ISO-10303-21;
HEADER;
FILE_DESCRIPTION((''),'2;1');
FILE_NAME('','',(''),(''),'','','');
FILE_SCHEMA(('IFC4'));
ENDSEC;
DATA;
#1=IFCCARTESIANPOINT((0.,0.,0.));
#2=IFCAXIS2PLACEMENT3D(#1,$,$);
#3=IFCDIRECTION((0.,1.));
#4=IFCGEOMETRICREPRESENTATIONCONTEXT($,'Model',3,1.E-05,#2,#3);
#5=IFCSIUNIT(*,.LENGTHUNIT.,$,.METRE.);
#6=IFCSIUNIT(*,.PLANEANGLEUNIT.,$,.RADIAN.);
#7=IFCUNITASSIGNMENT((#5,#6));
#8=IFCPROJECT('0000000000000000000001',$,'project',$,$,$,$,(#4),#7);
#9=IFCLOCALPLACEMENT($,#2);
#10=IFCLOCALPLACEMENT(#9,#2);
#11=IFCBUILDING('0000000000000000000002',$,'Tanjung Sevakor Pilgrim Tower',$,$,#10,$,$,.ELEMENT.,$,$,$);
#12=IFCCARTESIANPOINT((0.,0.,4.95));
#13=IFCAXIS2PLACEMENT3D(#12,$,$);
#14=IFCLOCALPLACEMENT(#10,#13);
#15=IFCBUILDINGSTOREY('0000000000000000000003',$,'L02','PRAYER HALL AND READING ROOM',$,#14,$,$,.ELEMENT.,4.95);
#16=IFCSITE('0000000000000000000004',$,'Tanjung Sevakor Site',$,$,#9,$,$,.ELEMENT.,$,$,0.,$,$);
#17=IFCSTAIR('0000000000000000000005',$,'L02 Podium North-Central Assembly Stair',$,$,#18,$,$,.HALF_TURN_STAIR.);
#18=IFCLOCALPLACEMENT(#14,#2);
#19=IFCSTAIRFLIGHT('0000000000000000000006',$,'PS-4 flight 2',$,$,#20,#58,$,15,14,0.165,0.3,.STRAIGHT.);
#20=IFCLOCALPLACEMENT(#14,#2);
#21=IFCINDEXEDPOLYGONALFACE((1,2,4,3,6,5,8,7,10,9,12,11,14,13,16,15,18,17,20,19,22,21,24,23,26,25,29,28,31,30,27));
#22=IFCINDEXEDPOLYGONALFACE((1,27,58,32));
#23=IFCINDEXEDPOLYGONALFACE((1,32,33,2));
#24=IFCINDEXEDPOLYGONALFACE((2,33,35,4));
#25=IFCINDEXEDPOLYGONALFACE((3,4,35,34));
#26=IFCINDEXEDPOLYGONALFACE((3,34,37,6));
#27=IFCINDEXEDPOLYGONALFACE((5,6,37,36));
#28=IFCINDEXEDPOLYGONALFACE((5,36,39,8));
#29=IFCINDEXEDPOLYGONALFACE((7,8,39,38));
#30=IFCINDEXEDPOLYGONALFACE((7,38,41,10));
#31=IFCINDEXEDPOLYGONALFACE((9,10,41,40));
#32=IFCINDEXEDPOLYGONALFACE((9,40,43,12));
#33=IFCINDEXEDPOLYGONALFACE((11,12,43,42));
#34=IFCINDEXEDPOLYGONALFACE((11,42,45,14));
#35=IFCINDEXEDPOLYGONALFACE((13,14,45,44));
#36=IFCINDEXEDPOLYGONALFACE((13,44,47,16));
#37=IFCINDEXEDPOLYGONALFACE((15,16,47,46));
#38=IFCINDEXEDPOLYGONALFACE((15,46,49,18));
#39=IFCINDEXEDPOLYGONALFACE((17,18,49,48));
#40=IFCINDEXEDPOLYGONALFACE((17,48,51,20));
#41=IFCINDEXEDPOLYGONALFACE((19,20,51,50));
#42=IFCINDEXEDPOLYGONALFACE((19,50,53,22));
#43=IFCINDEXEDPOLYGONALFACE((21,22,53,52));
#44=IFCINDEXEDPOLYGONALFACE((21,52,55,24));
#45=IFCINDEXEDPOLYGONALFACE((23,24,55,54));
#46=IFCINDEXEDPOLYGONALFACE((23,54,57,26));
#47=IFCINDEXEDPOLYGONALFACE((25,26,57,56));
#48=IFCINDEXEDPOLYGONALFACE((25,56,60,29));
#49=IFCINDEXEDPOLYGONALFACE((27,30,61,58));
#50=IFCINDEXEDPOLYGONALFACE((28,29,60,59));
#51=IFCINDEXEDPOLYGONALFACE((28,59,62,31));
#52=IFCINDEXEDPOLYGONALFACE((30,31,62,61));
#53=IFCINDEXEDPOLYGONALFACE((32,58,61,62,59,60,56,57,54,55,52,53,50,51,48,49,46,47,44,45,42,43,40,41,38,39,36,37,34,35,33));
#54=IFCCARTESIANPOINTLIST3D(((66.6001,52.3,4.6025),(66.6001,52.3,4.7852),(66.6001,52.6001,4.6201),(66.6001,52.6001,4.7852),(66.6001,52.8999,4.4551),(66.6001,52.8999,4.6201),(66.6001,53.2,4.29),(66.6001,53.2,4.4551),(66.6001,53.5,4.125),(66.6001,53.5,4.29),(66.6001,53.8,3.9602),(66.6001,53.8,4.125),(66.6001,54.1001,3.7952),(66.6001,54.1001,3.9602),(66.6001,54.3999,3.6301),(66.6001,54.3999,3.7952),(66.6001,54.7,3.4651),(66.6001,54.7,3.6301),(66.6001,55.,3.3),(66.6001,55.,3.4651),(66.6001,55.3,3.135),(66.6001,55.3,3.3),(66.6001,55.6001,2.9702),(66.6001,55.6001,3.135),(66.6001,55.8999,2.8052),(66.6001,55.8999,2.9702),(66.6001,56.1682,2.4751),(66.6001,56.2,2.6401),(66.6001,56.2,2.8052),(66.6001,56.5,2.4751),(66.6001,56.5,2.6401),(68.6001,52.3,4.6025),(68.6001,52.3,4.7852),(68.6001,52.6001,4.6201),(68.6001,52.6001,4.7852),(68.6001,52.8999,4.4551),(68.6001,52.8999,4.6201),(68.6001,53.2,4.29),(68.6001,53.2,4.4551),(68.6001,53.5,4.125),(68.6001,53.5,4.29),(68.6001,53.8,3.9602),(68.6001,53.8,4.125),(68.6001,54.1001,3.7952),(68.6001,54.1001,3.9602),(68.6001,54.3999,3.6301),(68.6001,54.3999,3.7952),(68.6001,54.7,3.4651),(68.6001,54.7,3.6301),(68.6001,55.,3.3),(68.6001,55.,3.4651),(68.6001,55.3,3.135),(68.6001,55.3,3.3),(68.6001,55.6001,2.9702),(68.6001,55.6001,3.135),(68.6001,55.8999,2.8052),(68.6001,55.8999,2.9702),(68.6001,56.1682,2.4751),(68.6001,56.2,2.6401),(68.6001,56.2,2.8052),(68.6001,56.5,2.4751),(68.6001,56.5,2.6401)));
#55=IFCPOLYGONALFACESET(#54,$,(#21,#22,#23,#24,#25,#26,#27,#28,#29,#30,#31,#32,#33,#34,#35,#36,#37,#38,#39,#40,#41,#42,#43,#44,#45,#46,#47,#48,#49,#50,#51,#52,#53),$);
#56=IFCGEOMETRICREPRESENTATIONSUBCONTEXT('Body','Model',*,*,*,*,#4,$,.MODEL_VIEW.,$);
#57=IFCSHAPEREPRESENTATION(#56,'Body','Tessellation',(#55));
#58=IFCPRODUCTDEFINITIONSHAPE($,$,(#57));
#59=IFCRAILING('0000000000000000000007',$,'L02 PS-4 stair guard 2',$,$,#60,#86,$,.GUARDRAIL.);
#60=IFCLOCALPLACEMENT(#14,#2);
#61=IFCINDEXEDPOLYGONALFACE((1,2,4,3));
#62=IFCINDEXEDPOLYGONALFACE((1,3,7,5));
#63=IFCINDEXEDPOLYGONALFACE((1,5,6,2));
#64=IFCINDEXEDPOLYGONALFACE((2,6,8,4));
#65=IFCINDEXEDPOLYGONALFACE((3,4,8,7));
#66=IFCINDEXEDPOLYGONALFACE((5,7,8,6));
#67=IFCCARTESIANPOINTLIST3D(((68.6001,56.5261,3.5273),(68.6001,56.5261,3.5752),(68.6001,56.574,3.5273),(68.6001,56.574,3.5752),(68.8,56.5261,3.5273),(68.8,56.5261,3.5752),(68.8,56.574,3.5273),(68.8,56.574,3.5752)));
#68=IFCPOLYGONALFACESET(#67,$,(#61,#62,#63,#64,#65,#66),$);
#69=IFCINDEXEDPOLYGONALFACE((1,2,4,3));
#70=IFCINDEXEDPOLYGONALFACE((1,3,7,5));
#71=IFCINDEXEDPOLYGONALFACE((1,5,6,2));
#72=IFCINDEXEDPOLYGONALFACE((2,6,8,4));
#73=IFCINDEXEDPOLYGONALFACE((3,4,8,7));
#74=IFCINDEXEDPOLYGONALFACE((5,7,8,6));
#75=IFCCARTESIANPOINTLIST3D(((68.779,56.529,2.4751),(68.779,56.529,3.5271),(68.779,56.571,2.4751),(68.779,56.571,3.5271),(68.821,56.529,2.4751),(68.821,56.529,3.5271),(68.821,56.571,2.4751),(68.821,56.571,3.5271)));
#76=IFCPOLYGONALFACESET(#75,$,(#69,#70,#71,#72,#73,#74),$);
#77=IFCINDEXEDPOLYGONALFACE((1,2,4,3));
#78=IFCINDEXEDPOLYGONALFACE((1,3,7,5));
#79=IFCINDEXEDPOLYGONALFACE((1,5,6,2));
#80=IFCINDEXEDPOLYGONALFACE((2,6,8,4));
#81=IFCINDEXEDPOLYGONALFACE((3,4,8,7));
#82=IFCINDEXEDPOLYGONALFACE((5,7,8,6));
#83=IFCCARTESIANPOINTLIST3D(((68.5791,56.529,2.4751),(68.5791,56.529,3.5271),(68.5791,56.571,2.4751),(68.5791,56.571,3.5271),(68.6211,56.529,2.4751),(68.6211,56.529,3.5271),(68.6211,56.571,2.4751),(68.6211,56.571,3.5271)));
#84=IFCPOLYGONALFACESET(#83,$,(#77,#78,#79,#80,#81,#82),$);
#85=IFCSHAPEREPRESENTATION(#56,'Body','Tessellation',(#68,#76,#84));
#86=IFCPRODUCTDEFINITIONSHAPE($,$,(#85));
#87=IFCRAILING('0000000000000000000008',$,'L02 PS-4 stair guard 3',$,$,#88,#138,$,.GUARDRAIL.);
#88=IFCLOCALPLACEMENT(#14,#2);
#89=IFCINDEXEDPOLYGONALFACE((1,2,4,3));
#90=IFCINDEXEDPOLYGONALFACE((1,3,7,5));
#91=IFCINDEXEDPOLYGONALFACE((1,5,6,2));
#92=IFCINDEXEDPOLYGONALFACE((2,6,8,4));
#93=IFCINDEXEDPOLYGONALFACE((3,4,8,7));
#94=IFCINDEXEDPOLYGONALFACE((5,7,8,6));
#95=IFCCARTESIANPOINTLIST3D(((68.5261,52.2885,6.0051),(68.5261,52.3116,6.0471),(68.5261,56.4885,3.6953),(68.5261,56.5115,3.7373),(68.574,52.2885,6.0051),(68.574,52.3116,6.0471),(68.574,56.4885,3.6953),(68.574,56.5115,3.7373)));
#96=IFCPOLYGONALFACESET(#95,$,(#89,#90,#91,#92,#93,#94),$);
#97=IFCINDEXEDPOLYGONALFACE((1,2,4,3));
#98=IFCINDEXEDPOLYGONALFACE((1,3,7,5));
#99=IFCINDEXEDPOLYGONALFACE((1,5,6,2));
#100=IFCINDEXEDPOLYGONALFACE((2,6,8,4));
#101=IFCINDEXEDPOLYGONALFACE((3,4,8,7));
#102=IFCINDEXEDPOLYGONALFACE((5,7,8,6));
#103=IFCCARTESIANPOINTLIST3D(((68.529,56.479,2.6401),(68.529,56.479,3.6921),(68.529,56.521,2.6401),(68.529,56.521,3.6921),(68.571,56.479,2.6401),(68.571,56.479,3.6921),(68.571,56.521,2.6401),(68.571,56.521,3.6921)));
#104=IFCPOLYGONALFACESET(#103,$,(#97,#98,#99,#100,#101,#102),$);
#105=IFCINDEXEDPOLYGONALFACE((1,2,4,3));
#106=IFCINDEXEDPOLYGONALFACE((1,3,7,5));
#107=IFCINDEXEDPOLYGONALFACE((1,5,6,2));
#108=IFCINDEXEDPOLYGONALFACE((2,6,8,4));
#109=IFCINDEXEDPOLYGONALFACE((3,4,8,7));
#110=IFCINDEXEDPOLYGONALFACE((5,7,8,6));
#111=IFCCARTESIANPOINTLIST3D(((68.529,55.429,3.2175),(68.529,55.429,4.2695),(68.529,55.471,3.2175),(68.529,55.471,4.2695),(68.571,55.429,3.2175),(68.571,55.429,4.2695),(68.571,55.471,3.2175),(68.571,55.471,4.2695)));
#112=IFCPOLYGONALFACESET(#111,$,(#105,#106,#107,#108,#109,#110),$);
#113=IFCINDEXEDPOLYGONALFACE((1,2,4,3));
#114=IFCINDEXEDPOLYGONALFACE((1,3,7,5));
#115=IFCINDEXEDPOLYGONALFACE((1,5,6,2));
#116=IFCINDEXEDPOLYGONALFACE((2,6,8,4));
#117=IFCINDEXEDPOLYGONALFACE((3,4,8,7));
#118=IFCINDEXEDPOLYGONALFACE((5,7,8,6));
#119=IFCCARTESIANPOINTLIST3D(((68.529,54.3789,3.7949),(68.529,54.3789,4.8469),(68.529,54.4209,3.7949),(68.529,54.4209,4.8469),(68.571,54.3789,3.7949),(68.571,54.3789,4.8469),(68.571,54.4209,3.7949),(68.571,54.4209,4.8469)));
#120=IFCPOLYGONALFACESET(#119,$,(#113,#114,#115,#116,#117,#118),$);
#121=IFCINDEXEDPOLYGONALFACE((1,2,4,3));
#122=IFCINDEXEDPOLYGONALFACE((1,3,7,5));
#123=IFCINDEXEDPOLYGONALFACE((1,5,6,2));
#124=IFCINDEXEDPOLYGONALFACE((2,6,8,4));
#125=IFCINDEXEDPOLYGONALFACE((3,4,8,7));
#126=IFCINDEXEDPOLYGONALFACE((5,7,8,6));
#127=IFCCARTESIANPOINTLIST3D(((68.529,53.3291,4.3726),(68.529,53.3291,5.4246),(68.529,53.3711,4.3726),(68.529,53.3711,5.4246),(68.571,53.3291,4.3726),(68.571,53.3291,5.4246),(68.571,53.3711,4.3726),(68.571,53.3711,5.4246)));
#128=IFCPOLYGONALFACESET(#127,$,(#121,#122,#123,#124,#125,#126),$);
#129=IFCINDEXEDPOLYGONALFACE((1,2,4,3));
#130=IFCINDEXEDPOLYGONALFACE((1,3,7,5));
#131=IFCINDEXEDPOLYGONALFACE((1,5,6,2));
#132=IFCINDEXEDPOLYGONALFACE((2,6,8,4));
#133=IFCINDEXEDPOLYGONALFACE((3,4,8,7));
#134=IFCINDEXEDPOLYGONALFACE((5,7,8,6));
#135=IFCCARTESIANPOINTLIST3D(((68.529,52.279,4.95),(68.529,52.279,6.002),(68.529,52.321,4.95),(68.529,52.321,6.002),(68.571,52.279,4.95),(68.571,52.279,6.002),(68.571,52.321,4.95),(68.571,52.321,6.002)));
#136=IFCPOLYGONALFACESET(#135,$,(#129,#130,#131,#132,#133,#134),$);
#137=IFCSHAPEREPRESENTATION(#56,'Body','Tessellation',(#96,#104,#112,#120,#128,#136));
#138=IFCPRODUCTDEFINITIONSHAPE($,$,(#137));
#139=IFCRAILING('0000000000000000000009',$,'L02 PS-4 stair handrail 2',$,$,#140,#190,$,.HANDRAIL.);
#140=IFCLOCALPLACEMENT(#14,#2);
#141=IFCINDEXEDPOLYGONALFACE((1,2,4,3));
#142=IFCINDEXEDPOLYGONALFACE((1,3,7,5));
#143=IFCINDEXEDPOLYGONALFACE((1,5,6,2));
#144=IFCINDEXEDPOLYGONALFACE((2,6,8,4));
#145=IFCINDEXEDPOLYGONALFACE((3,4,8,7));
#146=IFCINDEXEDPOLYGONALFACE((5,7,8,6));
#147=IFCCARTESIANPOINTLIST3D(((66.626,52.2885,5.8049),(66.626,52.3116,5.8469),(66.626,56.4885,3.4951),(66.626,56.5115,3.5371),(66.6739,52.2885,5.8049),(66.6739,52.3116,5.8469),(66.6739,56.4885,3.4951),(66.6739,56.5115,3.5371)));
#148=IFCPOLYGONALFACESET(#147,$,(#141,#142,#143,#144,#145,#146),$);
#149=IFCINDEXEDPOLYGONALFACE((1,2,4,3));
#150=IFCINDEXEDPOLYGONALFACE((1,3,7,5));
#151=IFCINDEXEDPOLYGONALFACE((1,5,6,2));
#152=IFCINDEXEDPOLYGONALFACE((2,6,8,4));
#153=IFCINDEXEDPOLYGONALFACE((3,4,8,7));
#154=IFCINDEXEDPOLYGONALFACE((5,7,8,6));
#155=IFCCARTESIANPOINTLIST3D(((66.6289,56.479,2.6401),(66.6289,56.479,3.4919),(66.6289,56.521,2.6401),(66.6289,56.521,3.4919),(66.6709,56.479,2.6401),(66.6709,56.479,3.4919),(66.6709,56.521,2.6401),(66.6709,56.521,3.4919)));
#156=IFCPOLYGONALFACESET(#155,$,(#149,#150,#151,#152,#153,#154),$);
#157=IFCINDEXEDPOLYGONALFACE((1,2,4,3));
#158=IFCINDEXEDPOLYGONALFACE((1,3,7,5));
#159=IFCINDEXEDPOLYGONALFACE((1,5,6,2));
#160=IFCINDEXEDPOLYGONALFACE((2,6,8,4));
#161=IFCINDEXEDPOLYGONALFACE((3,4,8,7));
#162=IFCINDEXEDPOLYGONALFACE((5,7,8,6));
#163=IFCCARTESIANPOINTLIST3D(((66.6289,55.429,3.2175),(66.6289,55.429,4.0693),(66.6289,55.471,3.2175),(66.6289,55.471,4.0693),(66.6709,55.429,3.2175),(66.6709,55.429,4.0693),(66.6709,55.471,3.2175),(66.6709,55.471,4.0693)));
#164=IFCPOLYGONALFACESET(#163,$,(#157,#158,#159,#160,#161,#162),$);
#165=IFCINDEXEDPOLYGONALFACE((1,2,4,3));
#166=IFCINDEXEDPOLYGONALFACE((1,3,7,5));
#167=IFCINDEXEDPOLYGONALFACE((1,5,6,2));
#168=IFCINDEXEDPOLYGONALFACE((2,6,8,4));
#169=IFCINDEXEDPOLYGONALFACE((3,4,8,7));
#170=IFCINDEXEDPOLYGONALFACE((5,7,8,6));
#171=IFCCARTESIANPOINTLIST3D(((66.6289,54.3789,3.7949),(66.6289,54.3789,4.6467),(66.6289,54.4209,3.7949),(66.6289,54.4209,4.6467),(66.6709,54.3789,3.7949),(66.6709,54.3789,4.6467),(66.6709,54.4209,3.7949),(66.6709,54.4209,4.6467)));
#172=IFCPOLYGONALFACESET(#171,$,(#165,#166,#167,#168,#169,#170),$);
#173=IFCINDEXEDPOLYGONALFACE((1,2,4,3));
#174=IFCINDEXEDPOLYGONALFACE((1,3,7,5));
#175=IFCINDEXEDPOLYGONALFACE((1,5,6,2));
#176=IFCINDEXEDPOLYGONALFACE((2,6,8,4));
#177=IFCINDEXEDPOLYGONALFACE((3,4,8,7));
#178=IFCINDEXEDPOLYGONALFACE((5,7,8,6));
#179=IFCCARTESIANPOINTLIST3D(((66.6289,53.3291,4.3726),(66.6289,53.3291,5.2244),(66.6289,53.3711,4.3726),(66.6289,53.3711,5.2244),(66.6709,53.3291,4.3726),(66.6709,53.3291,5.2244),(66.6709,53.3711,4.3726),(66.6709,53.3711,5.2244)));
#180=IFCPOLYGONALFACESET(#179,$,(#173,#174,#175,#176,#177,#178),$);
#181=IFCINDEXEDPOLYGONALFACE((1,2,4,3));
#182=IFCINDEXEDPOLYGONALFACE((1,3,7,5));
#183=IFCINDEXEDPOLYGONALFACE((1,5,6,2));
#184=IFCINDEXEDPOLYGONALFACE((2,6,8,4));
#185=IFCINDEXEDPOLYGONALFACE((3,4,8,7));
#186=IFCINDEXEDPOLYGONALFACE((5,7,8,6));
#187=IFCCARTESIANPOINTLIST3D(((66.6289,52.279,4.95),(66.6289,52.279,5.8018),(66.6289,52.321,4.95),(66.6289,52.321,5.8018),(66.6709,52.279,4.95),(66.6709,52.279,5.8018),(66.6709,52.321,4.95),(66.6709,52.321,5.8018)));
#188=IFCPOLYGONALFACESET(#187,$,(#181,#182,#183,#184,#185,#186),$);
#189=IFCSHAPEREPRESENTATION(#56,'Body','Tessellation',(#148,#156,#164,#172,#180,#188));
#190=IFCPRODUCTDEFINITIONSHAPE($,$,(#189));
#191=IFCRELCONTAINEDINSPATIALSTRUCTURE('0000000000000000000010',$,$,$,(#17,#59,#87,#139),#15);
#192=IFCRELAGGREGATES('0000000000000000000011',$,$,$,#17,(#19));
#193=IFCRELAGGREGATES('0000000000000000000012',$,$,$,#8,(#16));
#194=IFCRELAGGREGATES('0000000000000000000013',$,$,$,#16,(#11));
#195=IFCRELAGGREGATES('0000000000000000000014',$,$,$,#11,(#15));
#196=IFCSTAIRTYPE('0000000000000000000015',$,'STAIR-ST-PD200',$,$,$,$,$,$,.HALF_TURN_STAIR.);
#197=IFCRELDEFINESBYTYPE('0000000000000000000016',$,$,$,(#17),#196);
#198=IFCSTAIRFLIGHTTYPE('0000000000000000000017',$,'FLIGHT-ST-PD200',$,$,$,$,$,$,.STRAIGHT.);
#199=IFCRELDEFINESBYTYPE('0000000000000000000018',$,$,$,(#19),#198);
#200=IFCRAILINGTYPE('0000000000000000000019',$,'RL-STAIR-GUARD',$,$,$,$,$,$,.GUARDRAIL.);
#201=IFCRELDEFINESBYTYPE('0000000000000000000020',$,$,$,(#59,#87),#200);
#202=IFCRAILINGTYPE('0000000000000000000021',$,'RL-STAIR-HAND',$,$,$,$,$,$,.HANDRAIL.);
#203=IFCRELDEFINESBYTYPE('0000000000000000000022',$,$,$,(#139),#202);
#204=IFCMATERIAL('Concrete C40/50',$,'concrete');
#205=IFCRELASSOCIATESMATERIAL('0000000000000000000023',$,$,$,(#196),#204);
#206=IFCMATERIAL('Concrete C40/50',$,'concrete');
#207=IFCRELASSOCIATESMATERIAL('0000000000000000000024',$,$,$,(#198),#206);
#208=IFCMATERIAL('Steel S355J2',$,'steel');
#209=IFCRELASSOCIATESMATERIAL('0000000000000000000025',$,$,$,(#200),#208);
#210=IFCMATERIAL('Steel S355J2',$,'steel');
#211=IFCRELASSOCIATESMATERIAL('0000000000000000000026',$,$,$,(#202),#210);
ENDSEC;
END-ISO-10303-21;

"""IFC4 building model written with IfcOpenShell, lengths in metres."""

from ifc_helpers import new_model, si_unit, direction, frame, origin, place, context, subcontext, project, spatial, polyline, rectangle, outline, extrude, material, type_object, element, aggregate, save


model = new_model("IFC4")

# Units and contexts
model_context = context("Model", 3, precision=1e-05, world=origin(), true_north=direction((0.0, 1.0)))
body_context = subcontext(model_context, "Body", "Model", "MODEL_VIEW")
ifc_project = project(units=[si_unit("LENGTHUNIT", "METRE"), si_unit("PLANEANGLEUNIT", "RADIAN")], contexts=[model_context])

# Site, building, storey
site_placement = place(None, origin())
site = spatial("IfcSite", under=ifc_project, at=site_placement, Name="Tanjung Sevakor Site", CompositionType="ELEMENT", RefElevation=0.0)
building_placement = place(site_placement, origin())
building = spatial("IfcBuilding", under=site, at=building_placement, Name="Tanjung Sevakor Pilgrim Tower", CompositionType="ELEMENT")
storey_placement = place(building_placement, frame((0.0, 0.0, 4.95)))
storey = spatial("IfcBuildingStorey", under=building, at=storey_placement, Name="L02", Description="PRAYER HALL AND READING ROOM", CompositionType="ELEMENT", Elevation=4.95)

# Stair, stair flight
ifc_material_1 = material(Name="Concrete C40/50", Category="concrete")
stair_type = type_object("IfcStairType", Name="STAIR-ST-PD200", PredefinedType="HALF_TURN_STAIR", material=ifc_material_1)
stair_placement = place(storey_placement, origin())
stair = element("IfcStair", 1, at=stair_placement, inside=storey, type_object=stair_type, Name="L02 Podium North-Central Assembly Stair", PredefinedType="HALF_TURN_STAIR")
ifc_material_2 = material(Name="Concrete C40/50", Category="concrete")
stair_flight_type = type_object("IfcStairFlightType", Name="FLIGHT-ST-PD200", PredefinedType="STRAIGHT", material=ifc_material_2)
stair_flight_placement = place(storey_placement, frame((67.6001, 56.5, 2.4751), z_axis=(0.0, 0.0, 1.0), x_axis=(0.0, -1.0, 0.0)))
stair_flight = element("IfcStairFlight", 2, at=stair_flight_placement, type_object=stair_flight_type, Name="PS-4 flight 2", NumberOfRisers=15, NumberOfTreads=14, PredefinedType="STRAIGHT", RiserHeight=0.165, TreadLength=0.3, context=body_context, shape_type="SweptSolid", body=[
    extrude(outline(polyline([(0.0, 0.0), (0.0, 0.165), (0.3, 0.165), (0.3, 0.3301), (0.6001, 0.3301), (0.6001, 0.4951), (0.8999, 0.4951), (0.8999, 0.6599), (1.2, 0.6599), (1.2, 0.825), (1.5, 0.825), (1.5, 0.99), (1.8, 0.99), (1.8, 1.155), (2.1001, 1.155), (2.1001, 1.3201), (2.3999, 1.3201), (2.3999, 1.4851), (2.7, 1.4851), (2.7, 1.6499), (3.0, 1.6499), (3.0, 1.8149), (3.3, 1.8149), (3.3, 1.98), (3.6001, 1.98), (3.6001, 2.145), (3.8999, 2.145), (3.8999, 2.3101), (4.2, 2.3101), (4.2, 2.4751), (4.2, 2.1274), (0.3318, 0.0), (0.0, 0.0)])), frame((0.0, 1.0, 0.0), z_axis=(0.0, -1.0, 0.0), x_axis=(1.0, 0.0, 0.0)), (0.0, 0.0, 1.0), 2.0),
])
aggregate(stair, [stair_flight])

# Railings
ifc_material_3 = material(Name="Steel S355J2", Category="steel")
railing_type_1 = type_object("IfcRailingType", Name="RL-STAIR-GUARD", PredefinedType="GUARDRAIL", material=ifc_material_3)
railing_1_placement = place(storey_placement, frame((68.8, 56.55, 2.4751)))
element("IfcRailing", 3, at=railing_1_placement, inside=storey, type_object=railing_type_1, Name="L02 PS-4 stair guard 2", PredefinedType="GUARDRAIL", context=body_context, shape_type="SweptSolid", body=[
    extrude(rectangle(XDim=0.0479, YDim=0.0479), frame((0.0, 0.0, 1.0762), z_axis=(-1.0, 0.0, 0.0), x_axis=(0.0, -1.0, 0.0)), (0.0, 0.0, 1.0), 0.2),
    extrude(rectangle(XDim=0.042, YDim=0.042), origin(), (0.0, 0.0, 1.0), 1.052),
    extrude(rectangle(XDim=0.042, YDim=0.042), frame((-0.2, 0.0, 0.0)), (0.0, 0.0, 1.0), 1.052),
])
railing_2_placement = place(storey_placement, frame((68.55, 56.5, 2.6401)))
element("IfcRailing", 4, at=railing_2_placement, inside=storey, type_object=railing_type_1, Name="L02 PS-4 stair guard 3", PredefinedType="GUARDRAIL", context=body_context, shape_type="SweptSolid", body=[
    extrude(rectangle(XDim=0.0479, YDim=0.0479), frame((0.0, 0.0, 1.0762), z_axis=(0.0, -0.87623, 0.481893), x_axis=(1.0, 0.0, 0.0)), (0.0, 0.0, 1.0), 4.7932),
    extrude(rectangle(XDim=0.042, YDim=0.042), origin(), (0.0, 0.0, 1.0), 1.052),
    extrude(rectangle(XDim=0.042, YDim=0.042), frame((0.0, -1.05, 0.5774)), (0.0, 0.0, 1.0), 1.052),
    extrude(rectangle(XDim=0.042, YDim=0.042), frame((0.0, -2.1001, 1.1548)), (0.0, 0.0, 1.0), 1.052),
    extrude(rectangle(XDim=0.042, YDim=0.042), frame((0.0, -3.1499, 1.7324)), (0.0, 0.0, 1.0), 1.052),
    extrude(rectangle(XDim=0.042, YDim=0.042), frame((0.0, -4.2, 2.3098)), (0.0, 0.0, 1.0), 1.052),
])
ifc_material_4 = material(Name="Steel S355J2", Category="steel")
railing_type_2 = type_object("IfcRailingType", Name="RL-STAIR-HAND", PredefinedType="HANDRAIL", material=ifc_material_4)
railing_3_placement = place(storey_placement, frame((66.6499, 56.5, 2.6401)))
element("IfcRailing", 5, at=railing_3_placement, inside=storey, type_object=railing_type_2, Name="L02 PS-4 stair handrail 2", PredefinedType="HANDRAIL", context=body_context, shape_type="SweptSolid", body=[
    extrude(rectangle(XDim=0.0479, YDim=0.0479), frame((0.0, 0.0, 0.876), z_axis=(0.0, -0.87623, 0.481893), x_axis=(1.0, 0.0, 0.0)), (0.0, 0.0, 1.0), 4.7932),
    extrude(rectangle(XDim=0.042, YDim=0.042), origin(), (0.0, 0.0, 1.0), 0.8518),
    extrude(rectangle(XDim=0.042, YDim=0.042), frame((0.0, -1.05, 0.5774)), (0.0, 0.0, 1.0), 0.8518),
    extrude(rectangle(XDim=0.042, YDim=0.042), frame((0.0, -2.1001, 1.1548)), (0.0, 0.0, 1.0), 0.8518),
    extrude(rectangle(XDim=0.042, YDim=0.042), frame((0.0, -3.1499, 1.7324)), (0.0, 0.0, 1.0), 0.8518),
    extrude(rectangle(XDim=0.042, YDim=0.042), frame((0.0, -4.2, 2.3098)), (0.0, 0.0, 1.0), 0.8518),
])

save(model, "model.ifc")
